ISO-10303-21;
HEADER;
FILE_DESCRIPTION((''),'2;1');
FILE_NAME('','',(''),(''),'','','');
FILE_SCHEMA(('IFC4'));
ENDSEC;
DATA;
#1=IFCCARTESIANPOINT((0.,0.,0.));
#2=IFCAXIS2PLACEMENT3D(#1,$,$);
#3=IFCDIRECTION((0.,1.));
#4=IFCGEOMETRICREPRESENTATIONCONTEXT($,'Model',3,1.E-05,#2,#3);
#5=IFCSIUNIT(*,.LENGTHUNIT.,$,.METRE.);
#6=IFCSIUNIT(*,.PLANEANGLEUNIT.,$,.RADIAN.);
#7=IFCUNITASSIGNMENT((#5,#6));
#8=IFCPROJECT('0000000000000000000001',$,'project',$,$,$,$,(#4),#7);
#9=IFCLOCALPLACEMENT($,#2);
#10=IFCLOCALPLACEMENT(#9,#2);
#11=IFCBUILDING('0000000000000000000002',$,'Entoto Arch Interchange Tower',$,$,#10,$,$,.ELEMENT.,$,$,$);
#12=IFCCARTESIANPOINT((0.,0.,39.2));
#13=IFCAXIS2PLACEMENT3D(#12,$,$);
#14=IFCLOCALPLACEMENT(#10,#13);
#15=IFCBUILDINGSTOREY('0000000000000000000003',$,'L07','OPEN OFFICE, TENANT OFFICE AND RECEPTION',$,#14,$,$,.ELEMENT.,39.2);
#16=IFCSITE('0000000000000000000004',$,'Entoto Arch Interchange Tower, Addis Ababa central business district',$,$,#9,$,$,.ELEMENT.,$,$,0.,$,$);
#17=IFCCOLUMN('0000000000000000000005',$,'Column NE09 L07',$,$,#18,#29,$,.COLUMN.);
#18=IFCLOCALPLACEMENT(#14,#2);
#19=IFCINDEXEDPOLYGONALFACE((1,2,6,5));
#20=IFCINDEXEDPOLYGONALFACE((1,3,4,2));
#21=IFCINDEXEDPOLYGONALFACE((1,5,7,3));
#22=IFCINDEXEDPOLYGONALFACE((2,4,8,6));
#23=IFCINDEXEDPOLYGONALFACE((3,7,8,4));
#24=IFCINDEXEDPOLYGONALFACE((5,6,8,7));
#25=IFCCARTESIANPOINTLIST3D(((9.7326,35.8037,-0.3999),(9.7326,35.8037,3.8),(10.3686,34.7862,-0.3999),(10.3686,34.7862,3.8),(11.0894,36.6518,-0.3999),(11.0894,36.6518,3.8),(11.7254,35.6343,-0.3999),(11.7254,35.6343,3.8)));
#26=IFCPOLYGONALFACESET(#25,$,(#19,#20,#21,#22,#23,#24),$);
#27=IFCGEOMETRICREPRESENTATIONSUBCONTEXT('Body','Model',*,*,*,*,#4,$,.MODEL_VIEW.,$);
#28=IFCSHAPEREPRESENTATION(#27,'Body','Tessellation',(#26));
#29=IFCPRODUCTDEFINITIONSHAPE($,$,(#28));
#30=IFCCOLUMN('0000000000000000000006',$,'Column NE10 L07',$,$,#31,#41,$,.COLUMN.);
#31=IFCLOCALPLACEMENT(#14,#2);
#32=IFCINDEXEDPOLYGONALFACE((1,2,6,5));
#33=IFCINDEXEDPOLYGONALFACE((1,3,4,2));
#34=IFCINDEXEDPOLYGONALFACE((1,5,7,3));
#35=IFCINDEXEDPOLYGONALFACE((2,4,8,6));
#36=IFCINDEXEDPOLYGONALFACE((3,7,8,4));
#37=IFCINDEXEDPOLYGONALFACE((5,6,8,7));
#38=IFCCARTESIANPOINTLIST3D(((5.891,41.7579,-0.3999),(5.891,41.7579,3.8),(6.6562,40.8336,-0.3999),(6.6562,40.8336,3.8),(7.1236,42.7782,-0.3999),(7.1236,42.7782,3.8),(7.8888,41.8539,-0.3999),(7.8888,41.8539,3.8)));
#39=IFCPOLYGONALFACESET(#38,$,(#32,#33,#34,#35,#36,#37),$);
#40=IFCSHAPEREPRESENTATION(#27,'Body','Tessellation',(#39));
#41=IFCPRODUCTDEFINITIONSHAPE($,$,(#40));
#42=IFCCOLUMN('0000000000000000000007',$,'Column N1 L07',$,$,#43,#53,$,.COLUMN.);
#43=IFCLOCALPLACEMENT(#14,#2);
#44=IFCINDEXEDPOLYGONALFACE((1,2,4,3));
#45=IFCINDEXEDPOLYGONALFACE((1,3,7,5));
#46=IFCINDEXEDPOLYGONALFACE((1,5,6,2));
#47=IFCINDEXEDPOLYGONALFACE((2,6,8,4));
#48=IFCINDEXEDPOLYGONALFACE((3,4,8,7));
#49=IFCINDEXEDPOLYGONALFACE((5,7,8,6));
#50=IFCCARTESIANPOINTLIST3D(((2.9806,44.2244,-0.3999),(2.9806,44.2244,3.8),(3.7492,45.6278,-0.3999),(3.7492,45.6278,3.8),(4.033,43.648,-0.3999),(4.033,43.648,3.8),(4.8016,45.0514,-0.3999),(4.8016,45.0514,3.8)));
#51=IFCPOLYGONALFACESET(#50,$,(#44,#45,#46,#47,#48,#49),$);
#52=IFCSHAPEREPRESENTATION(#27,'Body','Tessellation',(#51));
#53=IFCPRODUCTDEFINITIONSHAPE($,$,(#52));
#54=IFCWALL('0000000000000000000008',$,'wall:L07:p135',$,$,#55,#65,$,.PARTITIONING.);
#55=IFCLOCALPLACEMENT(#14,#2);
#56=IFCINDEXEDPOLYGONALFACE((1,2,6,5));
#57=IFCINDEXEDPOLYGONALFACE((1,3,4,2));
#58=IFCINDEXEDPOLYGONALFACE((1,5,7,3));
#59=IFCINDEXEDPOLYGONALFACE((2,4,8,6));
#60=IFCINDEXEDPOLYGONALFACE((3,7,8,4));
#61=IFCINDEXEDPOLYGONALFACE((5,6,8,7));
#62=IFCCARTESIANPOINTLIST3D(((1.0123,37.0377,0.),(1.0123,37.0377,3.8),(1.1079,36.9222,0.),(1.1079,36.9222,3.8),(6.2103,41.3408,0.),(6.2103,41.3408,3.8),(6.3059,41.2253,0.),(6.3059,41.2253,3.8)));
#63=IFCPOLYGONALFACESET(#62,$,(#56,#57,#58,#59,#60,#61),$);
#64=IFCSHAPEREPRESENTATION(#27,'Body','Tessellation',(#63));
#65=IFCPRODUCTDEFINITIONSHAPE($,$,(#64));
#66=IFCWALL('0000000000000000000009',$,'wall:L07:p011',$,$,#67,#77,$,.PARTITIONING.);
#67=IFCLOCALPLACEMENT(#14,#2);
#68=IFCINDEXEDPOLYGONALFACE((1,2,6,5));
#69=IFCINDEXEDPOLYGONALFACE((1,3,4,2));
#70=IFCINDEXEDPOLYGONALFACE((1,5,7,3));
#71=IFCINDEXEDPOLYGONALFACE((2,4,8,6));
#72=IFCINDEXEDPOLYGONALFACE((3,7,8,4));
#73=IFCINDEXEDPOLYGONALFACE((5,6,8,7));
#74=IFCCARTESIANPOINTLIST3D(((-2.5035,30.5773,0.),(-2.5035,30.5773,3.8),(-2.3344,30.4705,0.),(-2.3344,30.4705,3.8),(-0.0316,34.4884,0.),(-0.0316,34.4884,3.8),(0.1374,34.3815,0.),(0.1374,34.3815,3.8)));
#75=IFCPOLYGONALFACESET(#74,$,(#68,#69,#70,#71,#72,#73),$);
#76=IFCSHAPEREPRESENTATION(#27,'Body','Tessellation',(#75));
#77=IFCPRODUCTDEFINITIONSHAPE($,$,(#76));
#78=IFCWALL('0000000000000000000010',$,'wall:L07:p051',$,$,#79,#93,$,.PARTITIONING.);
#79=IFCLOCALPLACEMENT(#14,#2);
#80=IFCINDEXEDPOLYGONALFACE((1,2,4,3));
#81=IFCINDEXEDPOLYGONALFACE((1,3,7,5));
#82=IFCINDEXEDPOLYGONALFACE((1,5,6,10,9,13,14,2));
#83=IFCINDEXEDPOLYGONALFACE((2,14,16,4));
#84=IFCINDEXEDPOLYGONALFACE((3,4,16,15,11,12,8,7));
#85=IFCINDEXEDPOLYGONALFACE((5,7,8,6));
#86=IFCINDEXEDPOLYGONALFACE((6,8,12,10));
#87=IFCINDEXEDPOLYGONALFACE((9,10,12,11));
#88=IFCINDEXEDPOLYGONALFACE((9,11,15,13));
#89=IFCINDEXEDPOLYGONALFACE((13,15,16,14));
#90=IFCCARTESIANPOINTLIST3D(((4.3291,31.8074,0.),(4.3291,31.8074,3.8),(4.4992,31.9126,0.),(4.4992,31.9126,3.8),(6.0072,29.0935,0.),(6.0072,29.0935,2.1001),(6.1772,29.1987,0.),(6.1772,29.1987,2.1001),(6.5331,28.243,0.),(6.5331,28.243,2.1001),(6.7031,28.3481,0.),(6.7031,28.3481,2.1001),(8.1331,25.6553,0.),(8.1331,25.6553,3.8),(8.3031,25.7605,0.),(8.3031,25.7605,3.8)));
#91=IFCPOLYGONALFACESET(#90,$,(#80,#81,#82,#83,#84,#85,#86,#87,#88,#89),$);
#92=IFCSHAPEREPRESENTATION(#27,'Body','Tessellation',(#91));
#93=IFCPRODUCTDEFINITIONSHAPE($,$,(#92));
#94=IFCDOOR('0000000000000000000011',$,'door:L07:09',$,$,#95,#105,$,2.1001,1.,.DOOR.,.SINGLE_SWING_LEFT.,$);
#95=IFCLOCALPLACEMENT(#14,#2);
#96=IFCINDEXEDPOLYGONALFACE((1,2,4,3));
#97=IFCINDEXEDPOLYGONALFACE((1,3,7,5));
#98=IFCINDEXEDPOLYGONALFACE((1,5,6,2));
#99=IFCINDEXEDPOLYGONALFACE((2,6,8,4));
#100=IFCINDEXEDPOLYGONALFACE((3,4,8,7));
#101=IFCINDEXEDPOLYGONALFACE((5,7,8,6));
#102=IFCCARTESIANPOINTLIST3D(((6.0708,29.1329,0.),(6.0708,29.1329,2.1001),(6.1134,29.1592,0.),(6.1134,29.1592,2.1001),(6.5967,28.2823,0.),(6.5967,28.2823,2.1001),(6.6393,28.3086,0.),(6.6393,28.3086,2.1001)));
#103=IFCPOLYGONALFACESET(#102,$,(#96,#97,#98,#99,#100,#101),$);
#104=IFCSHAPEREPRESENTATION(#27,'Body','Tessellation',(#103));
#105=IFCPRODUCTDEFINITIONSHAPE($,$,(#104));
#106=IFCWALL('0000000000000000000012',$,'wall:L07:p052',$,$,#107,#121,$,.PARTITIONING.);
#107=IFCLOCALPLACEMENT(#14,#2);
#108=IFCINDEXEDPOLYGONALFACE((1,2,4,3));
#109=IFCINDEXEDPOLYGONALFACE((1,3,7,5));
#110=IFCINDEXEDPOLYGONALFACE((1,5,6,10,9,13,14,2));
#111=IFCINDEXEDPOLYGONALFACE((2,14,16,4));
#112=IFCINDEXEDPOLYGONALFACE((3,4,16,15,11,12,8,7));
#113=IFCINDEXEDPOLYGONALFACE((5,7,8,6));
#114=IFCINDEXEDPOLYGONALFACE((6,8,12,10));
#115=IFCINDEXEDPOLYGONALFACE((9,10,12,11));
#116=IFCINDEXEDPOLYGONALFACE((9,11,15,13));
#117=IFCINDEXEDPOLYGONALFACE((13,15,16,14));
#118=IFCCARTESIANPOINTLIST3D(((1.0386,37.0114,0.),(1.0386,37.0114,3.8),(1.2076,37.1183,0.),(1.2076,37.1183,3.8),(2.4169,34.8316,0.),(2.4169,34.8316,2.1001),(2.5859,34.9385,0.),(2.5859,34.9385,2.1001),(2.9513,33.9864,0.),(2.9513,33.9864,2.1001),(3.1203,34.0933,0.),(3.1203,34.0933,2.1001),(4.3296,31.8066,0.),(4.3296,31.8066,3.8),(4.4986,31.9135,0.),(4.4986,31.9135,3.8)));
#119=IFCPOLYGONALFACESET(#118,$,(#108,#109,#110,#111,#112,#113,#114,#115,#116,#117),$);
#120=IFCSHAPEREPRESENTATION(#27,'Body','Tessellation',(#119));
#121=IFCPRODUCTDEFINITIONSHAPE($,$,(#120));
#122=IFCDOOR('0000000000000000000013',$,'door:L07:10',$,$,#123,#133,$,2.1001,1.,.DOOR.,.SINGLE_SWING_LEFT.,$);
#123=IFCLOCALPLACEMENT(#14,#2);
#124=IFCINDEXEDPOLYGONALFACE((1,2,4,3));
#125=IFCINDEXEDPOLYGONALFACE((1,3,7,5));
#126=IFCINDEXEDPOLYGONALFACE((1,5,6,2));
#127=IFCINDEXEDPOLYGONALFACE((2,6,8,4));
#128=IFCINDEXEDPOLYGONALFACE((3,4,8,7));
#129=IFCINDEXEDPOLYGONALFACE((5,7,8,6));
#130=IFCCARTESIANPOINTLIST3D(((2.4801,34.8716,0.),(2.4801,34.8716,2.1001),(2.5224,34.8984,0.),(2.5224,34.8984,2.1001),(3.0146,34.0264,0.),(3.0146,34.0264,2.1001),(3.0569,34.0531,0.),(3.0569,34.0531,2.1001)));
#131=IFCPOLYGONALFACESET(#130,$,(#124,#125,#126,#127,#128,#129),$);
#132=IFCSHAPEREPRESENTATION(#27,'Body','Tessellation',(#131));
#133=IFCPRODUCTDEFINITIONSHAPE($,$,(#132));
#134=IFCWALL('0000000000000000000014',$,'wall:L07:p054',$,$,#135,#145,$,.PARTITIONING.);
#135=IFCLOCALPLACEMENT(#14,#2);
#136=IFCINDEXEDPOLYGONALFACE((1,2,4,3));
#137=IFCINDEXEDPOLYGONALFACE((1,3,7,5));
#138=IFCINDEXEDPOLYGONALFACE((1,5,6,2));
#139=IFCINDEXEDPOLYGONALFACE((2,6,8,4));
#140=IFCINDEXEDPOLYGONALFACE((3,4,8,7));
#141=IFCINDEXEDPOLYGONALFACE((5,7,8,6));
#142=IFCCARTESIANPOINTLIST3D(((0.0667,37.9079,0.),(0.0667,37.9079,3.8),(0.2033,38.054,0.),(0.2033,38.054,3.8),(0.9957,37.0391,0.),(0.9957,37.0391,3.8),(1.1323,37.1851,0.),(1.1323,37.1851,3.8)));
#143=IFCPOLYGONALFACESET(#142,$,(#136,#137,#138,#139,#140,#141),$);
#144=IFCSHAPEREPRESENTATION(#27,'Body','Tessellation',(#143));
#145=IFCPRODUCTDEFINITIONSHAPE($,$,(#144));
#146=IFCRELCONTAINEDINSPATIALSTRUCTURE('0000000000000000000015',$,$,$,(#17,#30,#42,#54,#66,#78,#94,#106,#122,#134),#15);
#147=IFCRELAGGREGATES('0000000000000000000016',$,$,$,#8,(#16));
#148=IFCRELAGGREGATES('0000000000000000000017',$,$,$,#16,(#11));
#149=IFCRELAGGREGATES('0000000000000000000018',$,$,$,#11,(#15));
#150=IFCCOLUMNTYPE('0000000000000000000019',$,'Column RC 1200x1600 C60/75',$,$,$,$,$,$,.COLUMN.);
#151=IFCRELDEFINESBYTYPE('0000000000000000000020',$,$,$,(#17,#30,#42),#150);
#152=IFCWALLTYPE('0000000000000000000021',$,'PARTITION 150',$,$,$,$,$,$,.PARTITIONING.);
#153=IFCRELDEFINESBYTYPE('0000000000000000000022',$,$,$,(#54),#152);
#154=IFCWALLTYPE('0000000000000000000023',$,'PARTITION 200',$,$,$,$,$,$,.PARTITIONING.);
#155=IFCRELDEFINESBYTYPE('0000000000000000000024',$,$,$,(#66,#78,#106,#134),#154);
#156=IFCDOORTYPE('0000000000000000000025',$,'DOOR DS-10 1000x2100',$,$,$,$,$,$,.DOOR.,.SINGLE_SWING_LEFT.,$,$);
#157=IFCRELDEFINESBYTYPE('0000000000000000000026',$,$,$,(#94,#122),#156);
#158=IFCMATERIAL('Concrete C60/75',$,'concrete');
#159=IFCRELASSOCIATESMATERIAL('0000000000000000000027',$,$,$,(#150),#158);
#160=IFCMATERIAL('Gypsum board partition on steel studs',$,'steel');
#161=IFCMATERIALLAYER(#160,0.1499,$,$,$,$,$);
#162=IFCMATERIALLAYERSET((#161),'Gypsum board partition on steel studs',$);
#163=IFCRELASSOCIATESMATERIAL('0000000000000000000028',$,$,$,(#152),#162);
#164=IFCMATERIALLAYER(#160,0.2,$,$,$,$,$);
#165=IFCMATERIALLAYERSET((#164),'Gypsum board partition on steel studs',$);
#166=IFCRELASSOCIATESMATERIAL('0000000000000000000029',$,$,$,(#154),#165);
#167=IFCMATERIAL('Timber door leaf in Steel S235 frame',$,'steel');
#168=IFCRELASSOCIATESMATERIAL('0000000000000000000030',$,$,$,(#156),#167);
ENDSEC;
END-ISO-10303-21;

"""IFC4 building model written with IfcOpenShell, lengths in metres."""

from ifc_helpers import new_model, si_unit, direction, frame, frame_2d, origin, origin_2d, place, context, subcontext, project, spatial, rectangle, extrude, material, layer, layer_set, material_profile, profile_set, type_object, element, fill, save


model = new_model("IFC4")

# Units and contexts
model_context = context("Model", 3, precision=1e-05, world=origin(), true_north=direction((0.0, 1.0)))
body_context = subcontext(model_context, "Body", "Model", "MODEL_VIEW")
ifc_project = project(units=[si_unit("LENGTHUNIT", "METRE"), si_unit("PLANEANGLEUNIT", "RADIAN")], contexts=[model_context])

# Site, building, storey
site_placement = place(None, origin())
site = spatial("IfcSite", under=ifc_project, at=site_placement, Name="Entoto Arch Interchange Tower, Addis Ababa central business district", CompositionType="ELEMENT", RefElevation=0.0)
building_placement = place(site_placement, origin())
building = spatial("IfcBuilding", under=site, at=building_placement, Name="Entoto Arch Interchange Tower", CompositionType="ELEMENT")
storey_placement = place(building_placement, frame((0.0, 0.0, 39.2)))
storey = spatial("IfcBuildingStorey", under=building, at=storey_placement, Name="L07", Description="OPEN OFFICE, TENANT OFFICE AND RECEPTION", CompositionType="ELEMENT", Elevation=39.2)

# Columns
ifc_material_1 = material(Name="Concrete C60/75", Category="concrete")
ifc_material_profile = material_profile(ifc_material_1, rectangle(XDim=1.2, YDim=1.6001, at=origin_2d()))
ifc_profile_set = profile_set([ifc_material_profile], Name="Concrete C60/75")
column_type = type_object("IfcColumnType", Name="Column RC 1200x1600 C60/75", PredefinedType="COLUMN", material=ifc_profile_set)
for number, where, z_axis, x_axis, name in (
    (1, (10.729, 35.719, -0.3999), (0.0, 0.0, 1.0), (-0.530067, 0.847956, 0.0), "Column NE09 L07"),
    (2, (6.8899, 41.8059, -0.3999), (0.0, 0.0, 1.0), (-0.637666, 0.770313, 0.0), "Column NE10 L07"),
    (3, (3.8911, 44.6379, -0.3999), (0.0, 0.0, 1.0), (-0.877079, 0.480346, 0.0), "Column N1 L07"),
):
    element("IfcColumn", number, at=place(storey_placement, frame(where, z_axis=z_axis, x_axis=x_axis)), inside=storey, type_object=column_type, Name=name, PredefinedType="COLUMN", context=body_context, shape_type="SweptSolid", body=[
        extrude(rectangle(XDim=1.2, YDim=1.6001, at=origin_2d()), origin(), (0.0, 0.0, 1.0), 4.2),
    ])

# Walls
ifc_material_2 = material(Name="Gypsum board partition on steel studs", Category="steel")
ifc_layer_1 = layer(ifc_material_2, 0.1499)
ifc_layer_set_1 = layer_set([ifc_layer_1], Name="Gypsum board partition on steel studs")
wall_type_1 = type_object("IfcWallType", Name="PARTITION 150", PredefinedType="PARTITIONING", material=ifc_layer_set_1)
wall_1_placement = place(storey_placement, frame((1.0601, 36.98, 0.0), z_axis=(0.0, 0.0, 1.0), x_axis=(0.770308, 0.637672, 0.0)))
element("IfcWall", 4, at=wall_1_placement, inside=storey, type_object=wall_type_1, Name="wall:L07:p135", PredefinedType="PARTITIONING", context=body_context, shape_type="SweptSolid", body=[
    extrude(rectangle(XDim=6.748, YDim=0.1499, at=frame_2d((3.374, 0.0))), origin(), (0.0, 0.0, 1.0), 3.8),
])
ifc_layer_2 = layer(ifc_material_2, 0.2)
ifc_layer_set_2 = layer_set([ifc_layer_2], Name="Gypsum board partition on steel studs")
wall_type_2 = type_object("IfcWallType", Name="PARTITION 200", PredefinedType="PARTITIONING", material=ifc_layer_set_2)
wall_2_placement = place(storey_placement, frame((0.053, 34.4351, 0.0), z_axis=(0.0, 0.0, 1.0), x_axis=(-0.534261, -0.84532, 0.0)))
element("IfcWall", 5, at=wall_2_placement, inside=storey, type_object=wall_type_2, Name="wall:L07:p011", PredefinedType="PARTITIONING", context=body_context, shape_type="SweptSolid", body=[
    extrude(rectangle(XDim=4.6267, YDim=0.2, at=frame_2d((2.3135, 0.0))), origin(), (0.0, 0.0, 1.0), 3.8),
])

# Walls, openings, doors
wall_3_placement = place(storey_placement, frame((4.4141, 31.8601, 0.0), z_axis=(0.0, 0.0, 1.0), x_axis=(0.525906, -0.850543, 0.0)))
wall_3 = element("IfcWall", 6, at=wall_3_placement, inside=storey, type_object=wall_type_2, Name="wall:L07:p051", PredefinedType="PARTITIONING", context=body_context, shape_type="SweptSolid", body=[
    extrude(rectangle(XDim=7.2332, YDim=0.2, at=frame_2d((3.6167, 0.0))), origin(), (0.0, 0.0, 1.0), 3.8),
])
opening_1_placement = place(wall_3_placement, frame((3.1909, 0.0, 0.0)))
opening_1 = element("IfcOpeningElement", 7, at=opening_1_placement, cuts=wall_3, PredefinedType="OPENING", context=body_context, shape_type="SweptSolid", body=[
    extrude(rectangle(XDim=1.0, YDim=2.1001, at=frame_2d((0.5, 1.05))), frame((0.0, 0.1099, 0.0), z_axis=(0.0, -1.0, 0.0), x_axis=(1.0, 0.0, 0.0)), (0.0, 0.0, 1.0), 0.22),
])
ifc_material_3 = material(Name="Timber door leaf in Steel S235 frame", Category="steel")
door_type = type_object("IfcDoorType", Name="DOOR DS-10 1000x2100", OperationType="SINGLE_SWING_LEFT", PredefinedType="DOOR", material=ifc_material_3)
door_1_placement = place(opening_1_placement, origin())
door_1 = element("IfcDoor", 8, at=door_1_placement, inside=storey, type_object=door_type, Name="door:L07:09", OperationType="SINGLE_SWING_LEFT", OverallHeight=2.1001, OverallWidth=1.0, PredefinedType="DOOR", context=body_context, shape_type="SweptSolid", body=[
    extrude(rectangle(XDim=1.0, YDim=2.1001, at=frame_2d((0.5, 1.05))), frame((0.0, 0.0249, 0.0), z_axis=(0.0, -1.0, 0.0), x_axis=(1.0, 0.0, 0.0)), (0.0, 0.0, 1.0), 0.05),
])
fill(opening_1, door_1)
wall_4_placement = place(storey_placement, frame((1.123, 37.0649, 0.0), z_axis=(0.0, 0.0, 1.0), x_axis=(0.534428, -0.845214, 0.0)))
wall_4 = element("IfcWall", 9, at=wall_4_placement, inside=storey, type_object=wall_type_2, Name="wall:L07:p052", PredefinedType="PARTITIONING", context=body_context, shape_type="SweptSolid", body=[
    extrude(rectangle(XDim=6.158, YDim=0.2, at=frame_2d((3.0791, 0.0))), origin(), (0.0, 0.0, 1.0), 3.8),
])
opening_2_placement = place(wall_4_placement, frame((2.5791, 0.0, 0.0)))
opening_2 = element("IfcOpeningElement", 10, at=opening_2_placement, cuts=wall_4, PredefinedType="OPENING", context=body_context, shape_type="SweptSolid", body=[
    extrude(rectangle(XDim=1.0, YDim=2.1001, at=frame_2d((0.5, 1.05))), frame((0.0, 0.1099, 0.0), z_axis=(0.0, -1.0, 0.0), x_axis=(1.0, 0.0, 0.0)), (0.0, 0.0, 1.0), 0.22),
])
door_2_placement = place(opening_2_placement, origin())
door_2 = element("IfcDoor", 11, at=door_2_placement, inside=storey, type_object=door_type, Name="door:L07:10", OperationType="SINGLE_SWING_LEFT", OverallHeight=2.1001, OverallWidth=1.0, PredefinedType="DOOR", context=body_context, shape_type="SweptSolid", body=[
    extrude(rectangle(XDim=1.0, YDim=2.1001, at=frame_2d((0.5, 1.05))), frame((0.0, 0.0249, 0.0), z_axis=(0.0, -1.0, 0.0), x_axis=(1.0, 0.0, 0.0)), (0.0, 0.0, 1.0), 0.05),
])
fill(opening_2, door_2)

# Wall
wall_5_placement = place(storey_placement, frame((0.135, 37.981, 0.0), z_axis=(0.0, 0.0, 1.0), x_axis=(0.730321, -0.683104, 0.0)))
element("IfcWall", 12, at=wall_5_placement, inside=storey, type_object=wall_type_2, Name="wall:L07:p054", PredefinedType="PARTITIONING", context=body_context, shape_type="SweptSolid", body=[
    extrude(rectangle(XDim=1.272, YDim=0.2, at=frame_2d((0.636, 0.0))), origin(), (0.0, 0.0, 1.0), 3.8),
])

save(model, "model.ifc")
